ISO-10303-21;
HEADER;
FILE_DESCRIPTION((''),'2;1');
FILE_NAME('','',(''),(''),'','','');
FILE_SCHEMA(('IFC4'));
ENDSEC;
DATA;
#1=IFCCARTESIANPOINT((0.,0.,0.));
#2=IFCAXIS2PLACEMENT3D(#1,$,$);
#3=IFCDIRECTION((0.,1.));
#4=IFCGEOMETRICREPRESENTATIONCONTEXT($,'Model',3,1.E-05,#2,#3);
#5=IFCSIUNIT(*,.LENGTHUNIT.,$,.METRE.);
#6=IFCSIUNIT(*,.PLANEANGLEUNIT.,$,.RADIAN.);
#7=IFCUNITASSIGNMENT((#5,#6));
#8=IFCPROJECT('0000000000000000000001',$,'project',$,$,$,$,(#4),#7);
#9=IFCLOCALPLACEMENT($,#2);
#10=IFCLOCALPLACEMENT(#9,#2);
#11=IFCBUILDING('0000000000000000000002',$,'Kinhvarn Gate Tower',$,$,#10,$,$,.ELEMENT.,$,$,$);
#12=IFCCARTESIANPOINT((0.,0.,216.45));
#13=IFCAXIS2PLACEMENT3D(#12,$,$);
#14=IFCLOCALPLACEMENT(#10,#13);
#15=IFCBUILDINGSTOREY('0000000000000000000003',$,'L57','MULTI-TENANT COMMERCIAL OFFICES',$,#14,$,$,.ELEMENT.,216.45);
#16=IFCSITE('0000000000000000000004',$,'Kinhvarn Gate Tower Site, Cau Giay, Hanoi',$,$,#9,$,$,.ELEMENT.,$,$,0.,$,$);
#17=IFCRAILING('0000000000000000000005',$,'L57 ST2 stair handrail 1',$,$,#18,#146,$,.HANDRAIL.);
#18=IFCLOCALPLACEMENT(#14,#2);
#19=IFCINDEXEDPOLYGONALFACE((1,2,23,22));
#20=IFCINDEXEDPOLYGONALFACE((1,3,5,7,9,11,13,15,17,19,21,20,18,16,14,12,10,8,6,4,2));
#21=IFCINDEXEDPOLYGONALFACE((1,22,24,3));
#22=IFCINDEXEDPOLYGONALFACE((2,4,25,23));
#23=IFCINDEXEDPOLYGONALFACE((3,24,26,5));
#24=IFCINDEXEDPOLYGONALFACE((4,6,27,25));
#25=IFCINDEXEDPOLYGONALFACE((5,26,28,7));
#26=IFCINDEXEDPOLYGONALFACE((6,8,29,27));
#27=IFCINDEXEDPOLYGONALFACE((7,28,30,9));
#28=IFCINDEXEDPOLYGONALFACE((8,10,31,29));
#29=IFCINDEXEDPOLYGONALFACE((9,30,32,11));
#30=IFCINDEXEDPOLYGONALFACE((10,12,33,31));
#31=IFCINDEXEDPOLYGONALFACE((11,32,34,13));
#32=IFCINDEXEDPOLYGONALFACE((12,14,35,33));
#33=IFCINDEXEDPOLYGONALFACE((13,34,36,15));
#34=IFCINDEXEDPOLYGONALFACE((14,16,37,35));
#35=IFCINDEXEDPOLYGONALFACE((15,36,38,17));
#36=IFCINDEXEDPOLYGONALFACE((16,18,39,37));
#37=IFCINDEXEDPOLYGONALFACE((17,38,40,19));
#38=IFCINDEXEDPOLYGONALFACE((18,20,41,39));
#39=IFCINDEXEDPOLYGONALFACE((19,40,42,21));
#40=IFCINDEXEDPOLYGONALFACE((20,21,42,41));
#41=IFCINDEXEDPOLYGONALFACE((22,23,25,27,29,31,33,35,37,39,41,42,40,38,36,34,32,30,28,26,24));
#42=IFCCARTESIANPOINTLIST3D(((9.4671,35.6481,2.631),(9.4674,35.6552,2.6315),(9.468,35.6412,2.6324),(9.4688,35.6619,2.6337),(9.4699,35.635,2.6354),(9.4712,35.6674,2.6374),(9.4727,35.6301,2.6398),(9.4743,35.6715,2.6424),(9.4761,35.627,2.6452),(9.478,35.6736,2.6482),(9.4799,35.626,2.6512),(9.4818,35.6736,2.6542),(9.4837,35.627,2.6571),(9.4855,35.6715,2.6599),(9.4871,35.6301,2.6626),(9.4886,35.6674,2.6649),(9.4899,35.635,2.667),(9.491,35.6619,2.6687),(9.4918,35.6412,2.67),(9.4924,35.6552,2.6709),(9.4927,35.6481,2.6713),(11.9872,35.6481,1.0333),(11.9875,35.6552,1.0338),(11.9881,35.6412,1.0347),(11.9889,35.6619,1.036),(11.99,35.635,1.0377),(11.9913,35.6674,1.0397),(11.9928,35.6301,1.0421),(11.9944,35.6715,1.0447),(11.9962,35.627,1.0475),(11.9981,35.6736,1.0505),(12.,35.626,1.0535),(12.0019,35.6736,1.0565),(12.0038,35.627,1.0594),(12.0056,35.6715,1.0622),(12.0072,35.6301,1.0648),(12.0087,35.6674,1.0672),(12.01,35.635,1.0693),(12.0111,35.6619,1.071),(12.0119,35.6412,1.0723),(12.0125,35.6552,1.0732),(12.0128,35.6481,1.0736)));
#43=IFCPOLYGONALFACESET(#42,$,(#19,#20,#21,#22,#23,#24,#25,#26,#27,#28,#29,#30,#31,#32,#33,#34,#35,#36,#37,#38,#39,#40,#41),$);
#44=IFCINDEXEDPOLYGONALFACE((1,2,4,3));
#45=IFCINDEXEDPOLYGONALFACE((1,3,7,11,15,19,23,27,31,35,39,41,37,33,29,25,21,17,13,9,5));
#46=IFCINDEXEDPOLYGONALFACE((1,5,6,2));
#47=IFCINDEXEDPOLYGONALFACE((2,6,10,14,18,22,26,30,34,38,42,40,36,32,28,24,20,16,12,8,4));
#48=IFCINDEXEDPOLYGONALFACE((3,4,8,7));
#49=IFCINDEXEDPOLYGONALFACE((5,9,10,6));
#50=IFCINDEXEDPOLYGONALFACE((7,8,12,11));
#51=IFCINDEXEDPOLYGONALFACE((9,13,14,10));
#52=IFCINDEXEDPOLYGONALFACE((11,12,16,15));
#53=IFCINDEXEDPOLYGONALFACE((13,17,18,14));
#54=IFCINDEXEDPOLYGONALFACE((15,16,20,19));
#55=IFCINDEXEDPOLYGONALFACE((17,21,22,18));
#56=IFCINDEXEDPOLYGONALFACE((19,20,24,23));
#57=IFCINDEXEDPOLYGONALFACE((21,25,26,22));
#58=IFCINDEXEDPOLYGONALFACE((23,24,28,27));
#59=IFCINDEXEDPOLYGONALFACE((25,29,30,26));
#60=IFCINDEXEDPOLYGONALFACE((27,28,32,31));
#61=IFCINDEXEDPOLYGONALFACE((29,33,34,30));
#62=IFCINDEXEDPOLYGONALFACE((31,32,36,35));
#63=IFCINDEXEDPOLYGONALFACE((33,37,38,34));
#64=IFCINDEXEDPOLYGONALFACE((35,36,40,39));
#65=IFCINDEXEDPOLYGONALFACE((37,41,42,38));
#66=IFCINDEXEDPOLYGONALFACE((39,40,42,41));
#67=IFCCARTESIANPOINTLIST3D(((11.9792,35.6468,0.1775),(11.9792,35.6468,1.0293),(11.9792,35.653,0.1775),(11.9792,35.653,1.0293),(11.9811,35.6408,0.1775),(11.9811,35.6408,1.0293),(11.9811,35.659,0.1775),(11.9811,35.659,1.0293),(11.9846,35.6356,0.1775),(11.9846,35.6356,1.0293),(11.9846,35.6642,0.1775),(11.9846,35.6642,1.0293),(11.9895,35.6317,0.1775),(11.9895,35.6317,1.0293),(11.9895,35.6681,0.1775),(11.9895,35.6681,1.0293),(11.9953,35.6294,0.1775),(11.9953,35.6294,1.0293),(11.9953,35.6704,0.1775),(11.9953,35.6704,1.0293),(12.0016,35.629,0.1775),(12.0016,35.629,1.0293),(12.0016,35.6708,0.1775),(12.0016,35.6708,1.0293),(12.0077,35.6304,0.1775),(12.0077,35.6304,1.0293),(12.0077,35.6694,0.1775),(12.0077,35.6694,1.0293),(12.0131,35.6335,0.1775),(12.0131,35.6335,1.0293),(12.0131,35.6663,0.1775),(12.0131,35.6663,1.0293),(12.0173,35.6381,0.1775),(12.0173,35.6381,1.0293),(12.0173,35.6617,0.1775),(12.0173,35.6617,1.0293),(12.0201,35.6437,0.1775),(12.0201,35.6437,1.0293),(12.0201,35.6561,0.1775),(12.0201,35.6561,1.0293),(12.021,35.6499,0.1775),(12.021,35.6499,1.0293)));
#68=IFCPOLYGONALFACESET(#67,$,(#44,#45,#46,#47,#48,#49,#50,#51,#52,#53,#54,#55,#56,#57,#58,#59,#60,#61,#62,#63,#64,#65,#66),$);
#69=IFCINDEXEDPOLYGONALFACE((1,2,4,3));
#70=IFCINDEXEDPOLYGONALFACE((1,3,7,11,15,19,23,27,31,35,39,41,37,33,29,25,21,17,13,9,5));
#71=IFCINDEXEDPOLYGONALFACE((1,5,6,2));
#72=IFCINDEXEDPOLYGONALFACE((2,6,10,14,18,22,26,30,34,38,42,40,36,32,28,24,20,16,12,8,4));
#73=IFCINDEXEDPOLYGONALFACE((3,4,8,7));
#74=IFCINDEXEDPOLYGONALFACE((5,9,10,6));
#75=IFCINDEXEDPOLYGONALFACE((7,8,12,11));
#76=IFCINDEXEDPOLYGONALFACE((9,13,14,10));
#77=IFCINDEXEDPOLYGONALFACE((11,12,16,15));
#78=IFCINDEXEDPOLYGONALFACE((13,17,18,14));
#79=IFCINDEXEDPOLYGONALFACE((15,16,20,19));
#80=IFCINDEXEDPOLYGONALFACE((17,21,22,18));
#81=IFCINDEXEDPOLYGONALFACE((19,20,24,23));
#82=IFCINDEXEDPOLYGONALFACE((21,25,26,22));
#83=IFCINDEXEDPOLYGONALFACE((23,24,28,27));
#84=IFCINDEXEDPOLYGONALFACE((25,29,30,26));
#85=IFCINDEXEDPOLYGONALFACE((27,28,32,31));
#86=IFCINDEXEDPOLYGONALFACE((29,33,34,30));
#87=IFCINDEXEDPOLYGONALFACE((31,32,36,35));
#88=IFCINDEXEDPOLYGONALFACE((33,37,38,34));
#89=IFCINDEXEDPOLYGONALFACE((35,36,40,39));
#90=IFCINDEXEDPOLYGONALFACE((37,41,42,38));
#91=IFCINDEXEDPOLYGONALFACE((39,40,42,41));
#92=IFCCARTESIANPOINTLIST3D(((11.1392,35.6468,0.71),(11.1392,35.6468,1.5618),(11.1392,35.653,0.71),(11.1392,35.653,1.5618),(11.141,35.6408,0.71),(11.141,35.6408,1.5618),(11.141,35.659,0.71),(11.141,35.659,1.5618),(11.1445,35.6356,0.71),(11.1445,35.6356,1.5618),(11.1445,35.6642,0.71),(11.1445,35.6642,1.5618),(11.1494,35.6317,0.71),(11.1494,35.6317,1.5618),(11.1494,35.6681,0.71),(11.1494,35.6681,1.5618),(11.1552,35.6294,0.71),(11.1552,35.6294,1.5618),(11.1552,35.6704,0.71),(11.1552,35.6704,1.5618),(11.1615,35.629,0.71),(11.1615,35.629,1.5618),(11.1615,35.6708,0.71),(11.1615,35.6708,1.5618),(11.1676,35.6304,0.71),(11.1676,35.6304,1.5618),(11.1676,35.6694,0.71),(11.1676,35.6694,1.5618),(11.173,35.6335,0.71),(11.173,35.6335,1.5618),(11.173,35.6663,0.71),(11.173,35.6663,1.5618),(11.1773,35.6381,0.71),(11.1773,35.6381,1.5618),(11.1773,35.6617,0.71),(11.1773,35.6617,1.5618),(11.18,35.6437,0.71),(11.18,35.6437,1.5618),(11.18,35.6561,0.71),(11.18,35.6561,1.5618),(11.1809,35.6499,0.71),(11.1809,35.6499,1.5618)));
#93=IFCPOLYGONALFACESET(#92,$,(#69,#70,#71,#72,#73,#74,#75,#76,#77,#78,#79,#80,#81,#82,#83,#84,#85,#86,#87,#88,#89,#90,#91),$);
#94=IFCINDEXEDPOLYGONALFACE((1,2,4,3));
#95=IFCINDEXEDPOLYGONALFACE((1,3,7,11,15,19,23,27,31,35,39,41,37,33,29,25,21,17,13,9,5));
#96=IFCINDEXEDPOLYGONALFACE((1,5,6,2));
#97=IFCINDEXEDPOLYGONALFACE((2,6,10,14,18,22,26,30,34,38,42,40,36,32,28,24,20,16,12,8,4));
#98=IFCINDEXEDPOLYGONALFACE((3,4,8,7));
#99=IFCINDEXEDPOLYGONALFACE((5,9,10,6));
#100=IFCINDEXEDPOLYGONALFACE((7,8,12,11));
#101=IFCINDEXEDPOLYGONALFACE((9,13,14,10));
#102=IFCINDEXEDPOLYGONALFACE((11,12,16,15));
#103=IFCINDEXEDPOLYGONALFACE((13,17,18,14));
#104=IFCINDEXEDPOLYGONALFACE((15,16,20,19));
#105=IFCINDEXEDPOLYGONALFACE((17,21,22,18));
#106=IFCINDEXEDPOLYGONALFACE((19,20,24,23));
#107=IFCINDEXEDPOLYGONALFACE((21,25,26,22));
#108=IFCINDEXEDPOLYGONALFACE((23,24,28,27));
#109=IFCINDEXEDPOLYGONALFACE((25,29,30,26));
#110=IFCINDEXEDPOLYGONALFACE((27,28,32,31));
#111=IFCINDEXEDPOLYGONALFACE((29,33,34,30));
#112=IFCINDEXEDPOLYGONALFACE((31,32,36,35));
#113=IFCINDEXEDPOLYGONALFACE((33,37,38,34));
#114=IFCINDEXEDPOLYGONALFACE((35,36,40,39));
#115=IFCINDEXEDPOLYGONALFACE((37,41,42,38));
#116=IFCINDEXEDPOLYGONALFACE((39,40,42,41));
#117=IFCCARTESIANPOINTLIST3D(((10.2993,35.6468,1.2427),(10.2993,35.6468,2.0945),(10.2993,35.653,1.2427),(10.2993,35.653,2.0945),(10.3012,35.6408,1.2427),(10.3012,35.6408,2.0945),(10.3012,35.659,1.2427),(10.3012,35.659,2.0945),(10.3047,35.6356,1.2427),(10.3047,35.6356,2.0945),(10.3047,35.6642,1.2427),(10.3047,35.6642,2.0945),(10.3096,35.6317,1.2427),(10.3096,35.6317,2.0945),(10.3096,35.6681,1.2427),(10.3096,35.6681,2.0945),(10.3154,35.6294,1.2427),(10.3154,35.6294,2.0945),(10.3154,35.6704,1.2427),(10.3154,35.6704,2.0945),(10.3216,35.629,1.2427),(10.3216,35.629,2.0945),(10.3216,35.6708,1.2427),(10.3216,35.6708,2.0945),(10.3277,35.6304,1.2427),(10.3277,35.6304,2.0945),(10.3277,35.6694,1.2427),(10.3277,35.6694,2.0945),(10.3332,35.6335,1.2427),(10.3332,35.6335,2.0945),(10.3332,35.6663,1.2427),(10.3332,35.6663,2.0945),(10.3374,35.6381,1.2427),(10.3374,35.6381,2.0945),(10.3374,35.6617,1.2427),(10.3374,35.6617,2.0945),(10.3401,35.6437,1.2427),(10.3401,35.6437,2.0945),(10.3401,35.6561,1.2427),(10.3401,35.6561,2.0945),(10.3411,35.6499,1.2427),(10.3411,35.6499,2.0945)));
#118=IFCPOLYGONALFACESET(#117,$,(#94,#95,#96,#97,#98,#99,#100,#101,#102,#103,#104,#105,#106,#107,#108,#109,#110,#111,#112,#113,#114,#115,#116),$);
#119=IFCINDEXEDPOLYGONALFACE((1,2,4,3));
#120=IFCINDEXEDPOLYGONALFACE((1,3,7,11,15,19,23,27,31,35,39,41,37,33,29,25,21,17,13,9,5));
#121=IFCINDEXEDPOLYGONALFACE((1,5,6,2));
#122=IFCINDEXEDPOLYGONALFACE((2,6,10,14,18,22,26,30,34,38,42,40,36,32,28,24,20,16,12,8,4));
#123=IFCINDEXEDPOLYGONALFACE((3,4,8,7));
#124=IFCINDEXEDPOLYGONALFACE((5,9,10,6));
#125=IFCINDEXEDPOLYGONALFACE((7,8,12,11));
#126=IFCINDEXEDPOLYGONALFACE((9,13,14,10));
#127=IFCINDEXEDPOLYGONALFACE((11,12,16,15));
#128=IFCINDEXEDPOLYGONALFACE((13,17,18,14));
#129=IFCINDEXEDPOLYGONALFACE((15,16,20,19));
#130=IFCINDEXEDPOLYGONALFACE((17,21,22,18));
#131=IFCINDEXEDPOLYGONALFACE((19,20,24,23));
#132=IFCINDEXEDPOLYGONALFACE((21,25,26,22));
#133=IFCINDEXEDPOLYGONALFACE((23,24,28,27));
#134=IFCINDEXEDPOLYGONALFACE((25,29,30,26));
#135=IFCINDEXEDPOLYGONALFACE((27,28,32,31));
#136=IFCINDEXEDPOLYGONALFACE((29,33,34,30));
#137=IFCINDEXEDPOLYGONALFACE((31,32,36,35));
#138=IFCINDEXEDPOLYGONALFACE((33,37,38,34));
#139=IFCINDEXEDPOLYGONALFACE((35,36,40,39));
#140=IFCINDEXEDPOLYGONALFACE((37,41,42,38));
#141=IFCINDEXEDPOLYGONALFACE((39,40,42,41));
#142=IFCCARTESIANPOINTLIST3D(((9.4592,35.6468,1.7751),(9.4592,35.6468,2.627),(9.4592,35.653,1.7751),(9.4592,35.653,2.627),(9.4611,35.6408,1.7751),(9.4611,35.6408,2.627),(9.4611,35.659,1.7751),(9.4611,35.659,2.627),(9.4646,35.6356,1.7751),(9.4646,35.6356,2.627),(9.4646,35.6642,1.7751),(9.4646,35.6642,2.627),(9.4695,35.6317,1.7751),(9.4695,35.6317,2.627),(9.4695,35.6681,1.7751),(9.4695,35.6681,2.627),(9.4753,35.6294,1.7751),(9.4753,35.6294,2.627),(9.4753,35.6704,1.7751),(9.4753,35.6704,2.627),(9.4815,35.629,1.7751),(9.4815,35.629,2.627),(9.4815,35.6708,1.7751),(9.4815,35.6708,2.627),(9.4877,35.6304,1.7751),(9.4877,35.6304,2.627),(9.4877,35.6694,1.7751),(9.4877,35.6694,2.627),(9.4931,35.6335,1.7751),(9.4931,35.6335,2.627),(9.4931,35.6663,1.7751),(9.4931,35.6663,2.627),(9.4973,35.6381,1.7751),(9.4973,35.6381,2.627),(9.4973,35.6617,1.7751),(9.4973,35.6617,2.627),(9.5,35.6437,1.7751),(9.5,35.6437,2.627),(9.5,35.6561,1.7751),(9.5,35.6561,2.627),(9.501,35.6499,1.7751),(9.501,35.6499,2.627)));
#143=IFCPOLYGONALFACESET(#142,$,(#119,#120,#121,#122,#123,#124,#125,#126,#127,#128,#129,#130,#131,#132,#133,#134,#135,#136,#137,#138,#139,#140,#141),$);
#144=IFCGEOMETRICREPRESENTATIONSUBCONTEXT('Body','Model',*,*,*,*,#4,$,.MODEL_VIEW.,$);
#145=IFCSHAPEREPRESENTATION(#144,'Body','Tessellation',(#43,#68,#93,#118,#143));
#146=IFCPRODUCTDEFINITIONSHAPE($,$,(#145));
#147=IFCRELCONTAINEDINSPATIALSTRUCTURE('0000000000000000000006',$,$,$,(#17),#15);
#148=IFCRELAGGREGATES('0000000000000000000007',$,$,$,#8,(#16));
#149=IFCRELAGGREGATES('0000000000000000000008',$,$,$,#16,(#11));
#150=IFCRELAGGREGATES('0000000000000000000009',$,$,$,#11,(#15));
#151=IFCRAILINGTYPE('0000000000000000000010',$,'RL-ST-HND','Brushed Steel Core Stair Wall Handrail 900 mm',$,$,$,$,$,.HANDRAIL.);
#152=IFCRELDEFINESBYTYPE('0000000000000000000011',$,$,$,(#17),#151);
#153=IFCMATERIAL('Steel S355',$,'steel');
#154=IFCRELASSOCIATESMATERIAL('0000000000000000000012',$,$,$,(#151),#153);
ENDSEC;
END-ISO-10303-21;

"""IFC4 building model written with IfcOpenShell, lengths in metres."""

from ifc_helpers import new_model, si_unit, direction, frame, origin, origin_2d, place, context, subcontext, project, spatial, circle, extrude, material, type_object, element, save


model = new_model("IFC4")

# Units and contexts
model_context = context("Model", 3, precision=1e-05, world=origin(), true_north=direction((0.0, 1.0)))
body_context = subcontext(model_context, "Body", "Model", "MODEL_VIEW")
ifc_project = project(units=[si_unit("LENGTHUNIT", "METRE"), si_unit("PLANEANGLEUNIT", "RADIAN")], contexts=[model_context])

# Site, building, storey
site_placement = place(None, origin())
site = spatial("IfcSite", under=ifc_project, at=site_placement, Name="Kinhvarn Gate Tower Site, Cau Giay, Hanoi", CompositionType="ELEMENT", RefElevation=0.0)
building_placement = place(site_placement, origin())
building = spatial("IfcBuilding", under=site, at=building_placement, Name="Kinhvarn Gate Tower", CompositionType="ELEMENT")
storey_placement = place(building_placement, frame((0.0, 0.0, 216.45)))
storey = spatial("IfcBuildingStorey", under=building, at=storey_placement, Name="L57", Description="MULTI-TENANT COMMERCIAL OFFICES", CompositionType="ELEMENT", Elevation=216.45)

# Shared definitions
ifc_material_1 = material(Name="Steel S355", Category="steel")

# Railing
railing_type_1 = type_object("IfcRailingType", Name="RL-ST-HND", Description="Brushed Steel Core Stair Wall Handrail 900 mm", PredefinedType="HANDRAIL", material=ifc_material_1)
railing_1_placement = place(storey_placement, frame((12.0, 35.6499, 0.1775)))
element("IfcRailing", 1, at=railing_1_placement, inside=storey, type_object=railing_type_1, Name="L57 ST2 stair handrail 1", PredefinedType="HANDRAIL", context=body_context, shape_type="SweptSolid", body=[
    extrude(circle(Radius=0.0239, at=origin_2d()), frame((0.0, 0.0, 0.876), z_axis=(-0.84457, 0.0, 0.535445), x_axis=(0.0, -1.0, 0.0)), (0.0, 0.0, 1.0), 2.9839),
    extrude(circle(Radius=0.021, at=origin_2d()), origin(), (0.0, 0.0, 1.0), 0.8518),
    extrude(circle(Radius=0.021, at=origin_2d()), frame((-0.8401, 0.0, 0.5325)), (0.0, 0.0, 1.0), 0.8518),
    extrude(circle(Radius=0.021, at=origin_2d()), frame((-1.6799, 0.0, 1.0652)), (0.0, 0.0, 1.0), 0.8518),
    extrude(circle(Radius=0.021, at=origin_2d()), frame((-2.52, 0.0, 1.5977)), (0.0, 0.0, 1.0), 0.8518),
])

save(model, "model.ifc")
